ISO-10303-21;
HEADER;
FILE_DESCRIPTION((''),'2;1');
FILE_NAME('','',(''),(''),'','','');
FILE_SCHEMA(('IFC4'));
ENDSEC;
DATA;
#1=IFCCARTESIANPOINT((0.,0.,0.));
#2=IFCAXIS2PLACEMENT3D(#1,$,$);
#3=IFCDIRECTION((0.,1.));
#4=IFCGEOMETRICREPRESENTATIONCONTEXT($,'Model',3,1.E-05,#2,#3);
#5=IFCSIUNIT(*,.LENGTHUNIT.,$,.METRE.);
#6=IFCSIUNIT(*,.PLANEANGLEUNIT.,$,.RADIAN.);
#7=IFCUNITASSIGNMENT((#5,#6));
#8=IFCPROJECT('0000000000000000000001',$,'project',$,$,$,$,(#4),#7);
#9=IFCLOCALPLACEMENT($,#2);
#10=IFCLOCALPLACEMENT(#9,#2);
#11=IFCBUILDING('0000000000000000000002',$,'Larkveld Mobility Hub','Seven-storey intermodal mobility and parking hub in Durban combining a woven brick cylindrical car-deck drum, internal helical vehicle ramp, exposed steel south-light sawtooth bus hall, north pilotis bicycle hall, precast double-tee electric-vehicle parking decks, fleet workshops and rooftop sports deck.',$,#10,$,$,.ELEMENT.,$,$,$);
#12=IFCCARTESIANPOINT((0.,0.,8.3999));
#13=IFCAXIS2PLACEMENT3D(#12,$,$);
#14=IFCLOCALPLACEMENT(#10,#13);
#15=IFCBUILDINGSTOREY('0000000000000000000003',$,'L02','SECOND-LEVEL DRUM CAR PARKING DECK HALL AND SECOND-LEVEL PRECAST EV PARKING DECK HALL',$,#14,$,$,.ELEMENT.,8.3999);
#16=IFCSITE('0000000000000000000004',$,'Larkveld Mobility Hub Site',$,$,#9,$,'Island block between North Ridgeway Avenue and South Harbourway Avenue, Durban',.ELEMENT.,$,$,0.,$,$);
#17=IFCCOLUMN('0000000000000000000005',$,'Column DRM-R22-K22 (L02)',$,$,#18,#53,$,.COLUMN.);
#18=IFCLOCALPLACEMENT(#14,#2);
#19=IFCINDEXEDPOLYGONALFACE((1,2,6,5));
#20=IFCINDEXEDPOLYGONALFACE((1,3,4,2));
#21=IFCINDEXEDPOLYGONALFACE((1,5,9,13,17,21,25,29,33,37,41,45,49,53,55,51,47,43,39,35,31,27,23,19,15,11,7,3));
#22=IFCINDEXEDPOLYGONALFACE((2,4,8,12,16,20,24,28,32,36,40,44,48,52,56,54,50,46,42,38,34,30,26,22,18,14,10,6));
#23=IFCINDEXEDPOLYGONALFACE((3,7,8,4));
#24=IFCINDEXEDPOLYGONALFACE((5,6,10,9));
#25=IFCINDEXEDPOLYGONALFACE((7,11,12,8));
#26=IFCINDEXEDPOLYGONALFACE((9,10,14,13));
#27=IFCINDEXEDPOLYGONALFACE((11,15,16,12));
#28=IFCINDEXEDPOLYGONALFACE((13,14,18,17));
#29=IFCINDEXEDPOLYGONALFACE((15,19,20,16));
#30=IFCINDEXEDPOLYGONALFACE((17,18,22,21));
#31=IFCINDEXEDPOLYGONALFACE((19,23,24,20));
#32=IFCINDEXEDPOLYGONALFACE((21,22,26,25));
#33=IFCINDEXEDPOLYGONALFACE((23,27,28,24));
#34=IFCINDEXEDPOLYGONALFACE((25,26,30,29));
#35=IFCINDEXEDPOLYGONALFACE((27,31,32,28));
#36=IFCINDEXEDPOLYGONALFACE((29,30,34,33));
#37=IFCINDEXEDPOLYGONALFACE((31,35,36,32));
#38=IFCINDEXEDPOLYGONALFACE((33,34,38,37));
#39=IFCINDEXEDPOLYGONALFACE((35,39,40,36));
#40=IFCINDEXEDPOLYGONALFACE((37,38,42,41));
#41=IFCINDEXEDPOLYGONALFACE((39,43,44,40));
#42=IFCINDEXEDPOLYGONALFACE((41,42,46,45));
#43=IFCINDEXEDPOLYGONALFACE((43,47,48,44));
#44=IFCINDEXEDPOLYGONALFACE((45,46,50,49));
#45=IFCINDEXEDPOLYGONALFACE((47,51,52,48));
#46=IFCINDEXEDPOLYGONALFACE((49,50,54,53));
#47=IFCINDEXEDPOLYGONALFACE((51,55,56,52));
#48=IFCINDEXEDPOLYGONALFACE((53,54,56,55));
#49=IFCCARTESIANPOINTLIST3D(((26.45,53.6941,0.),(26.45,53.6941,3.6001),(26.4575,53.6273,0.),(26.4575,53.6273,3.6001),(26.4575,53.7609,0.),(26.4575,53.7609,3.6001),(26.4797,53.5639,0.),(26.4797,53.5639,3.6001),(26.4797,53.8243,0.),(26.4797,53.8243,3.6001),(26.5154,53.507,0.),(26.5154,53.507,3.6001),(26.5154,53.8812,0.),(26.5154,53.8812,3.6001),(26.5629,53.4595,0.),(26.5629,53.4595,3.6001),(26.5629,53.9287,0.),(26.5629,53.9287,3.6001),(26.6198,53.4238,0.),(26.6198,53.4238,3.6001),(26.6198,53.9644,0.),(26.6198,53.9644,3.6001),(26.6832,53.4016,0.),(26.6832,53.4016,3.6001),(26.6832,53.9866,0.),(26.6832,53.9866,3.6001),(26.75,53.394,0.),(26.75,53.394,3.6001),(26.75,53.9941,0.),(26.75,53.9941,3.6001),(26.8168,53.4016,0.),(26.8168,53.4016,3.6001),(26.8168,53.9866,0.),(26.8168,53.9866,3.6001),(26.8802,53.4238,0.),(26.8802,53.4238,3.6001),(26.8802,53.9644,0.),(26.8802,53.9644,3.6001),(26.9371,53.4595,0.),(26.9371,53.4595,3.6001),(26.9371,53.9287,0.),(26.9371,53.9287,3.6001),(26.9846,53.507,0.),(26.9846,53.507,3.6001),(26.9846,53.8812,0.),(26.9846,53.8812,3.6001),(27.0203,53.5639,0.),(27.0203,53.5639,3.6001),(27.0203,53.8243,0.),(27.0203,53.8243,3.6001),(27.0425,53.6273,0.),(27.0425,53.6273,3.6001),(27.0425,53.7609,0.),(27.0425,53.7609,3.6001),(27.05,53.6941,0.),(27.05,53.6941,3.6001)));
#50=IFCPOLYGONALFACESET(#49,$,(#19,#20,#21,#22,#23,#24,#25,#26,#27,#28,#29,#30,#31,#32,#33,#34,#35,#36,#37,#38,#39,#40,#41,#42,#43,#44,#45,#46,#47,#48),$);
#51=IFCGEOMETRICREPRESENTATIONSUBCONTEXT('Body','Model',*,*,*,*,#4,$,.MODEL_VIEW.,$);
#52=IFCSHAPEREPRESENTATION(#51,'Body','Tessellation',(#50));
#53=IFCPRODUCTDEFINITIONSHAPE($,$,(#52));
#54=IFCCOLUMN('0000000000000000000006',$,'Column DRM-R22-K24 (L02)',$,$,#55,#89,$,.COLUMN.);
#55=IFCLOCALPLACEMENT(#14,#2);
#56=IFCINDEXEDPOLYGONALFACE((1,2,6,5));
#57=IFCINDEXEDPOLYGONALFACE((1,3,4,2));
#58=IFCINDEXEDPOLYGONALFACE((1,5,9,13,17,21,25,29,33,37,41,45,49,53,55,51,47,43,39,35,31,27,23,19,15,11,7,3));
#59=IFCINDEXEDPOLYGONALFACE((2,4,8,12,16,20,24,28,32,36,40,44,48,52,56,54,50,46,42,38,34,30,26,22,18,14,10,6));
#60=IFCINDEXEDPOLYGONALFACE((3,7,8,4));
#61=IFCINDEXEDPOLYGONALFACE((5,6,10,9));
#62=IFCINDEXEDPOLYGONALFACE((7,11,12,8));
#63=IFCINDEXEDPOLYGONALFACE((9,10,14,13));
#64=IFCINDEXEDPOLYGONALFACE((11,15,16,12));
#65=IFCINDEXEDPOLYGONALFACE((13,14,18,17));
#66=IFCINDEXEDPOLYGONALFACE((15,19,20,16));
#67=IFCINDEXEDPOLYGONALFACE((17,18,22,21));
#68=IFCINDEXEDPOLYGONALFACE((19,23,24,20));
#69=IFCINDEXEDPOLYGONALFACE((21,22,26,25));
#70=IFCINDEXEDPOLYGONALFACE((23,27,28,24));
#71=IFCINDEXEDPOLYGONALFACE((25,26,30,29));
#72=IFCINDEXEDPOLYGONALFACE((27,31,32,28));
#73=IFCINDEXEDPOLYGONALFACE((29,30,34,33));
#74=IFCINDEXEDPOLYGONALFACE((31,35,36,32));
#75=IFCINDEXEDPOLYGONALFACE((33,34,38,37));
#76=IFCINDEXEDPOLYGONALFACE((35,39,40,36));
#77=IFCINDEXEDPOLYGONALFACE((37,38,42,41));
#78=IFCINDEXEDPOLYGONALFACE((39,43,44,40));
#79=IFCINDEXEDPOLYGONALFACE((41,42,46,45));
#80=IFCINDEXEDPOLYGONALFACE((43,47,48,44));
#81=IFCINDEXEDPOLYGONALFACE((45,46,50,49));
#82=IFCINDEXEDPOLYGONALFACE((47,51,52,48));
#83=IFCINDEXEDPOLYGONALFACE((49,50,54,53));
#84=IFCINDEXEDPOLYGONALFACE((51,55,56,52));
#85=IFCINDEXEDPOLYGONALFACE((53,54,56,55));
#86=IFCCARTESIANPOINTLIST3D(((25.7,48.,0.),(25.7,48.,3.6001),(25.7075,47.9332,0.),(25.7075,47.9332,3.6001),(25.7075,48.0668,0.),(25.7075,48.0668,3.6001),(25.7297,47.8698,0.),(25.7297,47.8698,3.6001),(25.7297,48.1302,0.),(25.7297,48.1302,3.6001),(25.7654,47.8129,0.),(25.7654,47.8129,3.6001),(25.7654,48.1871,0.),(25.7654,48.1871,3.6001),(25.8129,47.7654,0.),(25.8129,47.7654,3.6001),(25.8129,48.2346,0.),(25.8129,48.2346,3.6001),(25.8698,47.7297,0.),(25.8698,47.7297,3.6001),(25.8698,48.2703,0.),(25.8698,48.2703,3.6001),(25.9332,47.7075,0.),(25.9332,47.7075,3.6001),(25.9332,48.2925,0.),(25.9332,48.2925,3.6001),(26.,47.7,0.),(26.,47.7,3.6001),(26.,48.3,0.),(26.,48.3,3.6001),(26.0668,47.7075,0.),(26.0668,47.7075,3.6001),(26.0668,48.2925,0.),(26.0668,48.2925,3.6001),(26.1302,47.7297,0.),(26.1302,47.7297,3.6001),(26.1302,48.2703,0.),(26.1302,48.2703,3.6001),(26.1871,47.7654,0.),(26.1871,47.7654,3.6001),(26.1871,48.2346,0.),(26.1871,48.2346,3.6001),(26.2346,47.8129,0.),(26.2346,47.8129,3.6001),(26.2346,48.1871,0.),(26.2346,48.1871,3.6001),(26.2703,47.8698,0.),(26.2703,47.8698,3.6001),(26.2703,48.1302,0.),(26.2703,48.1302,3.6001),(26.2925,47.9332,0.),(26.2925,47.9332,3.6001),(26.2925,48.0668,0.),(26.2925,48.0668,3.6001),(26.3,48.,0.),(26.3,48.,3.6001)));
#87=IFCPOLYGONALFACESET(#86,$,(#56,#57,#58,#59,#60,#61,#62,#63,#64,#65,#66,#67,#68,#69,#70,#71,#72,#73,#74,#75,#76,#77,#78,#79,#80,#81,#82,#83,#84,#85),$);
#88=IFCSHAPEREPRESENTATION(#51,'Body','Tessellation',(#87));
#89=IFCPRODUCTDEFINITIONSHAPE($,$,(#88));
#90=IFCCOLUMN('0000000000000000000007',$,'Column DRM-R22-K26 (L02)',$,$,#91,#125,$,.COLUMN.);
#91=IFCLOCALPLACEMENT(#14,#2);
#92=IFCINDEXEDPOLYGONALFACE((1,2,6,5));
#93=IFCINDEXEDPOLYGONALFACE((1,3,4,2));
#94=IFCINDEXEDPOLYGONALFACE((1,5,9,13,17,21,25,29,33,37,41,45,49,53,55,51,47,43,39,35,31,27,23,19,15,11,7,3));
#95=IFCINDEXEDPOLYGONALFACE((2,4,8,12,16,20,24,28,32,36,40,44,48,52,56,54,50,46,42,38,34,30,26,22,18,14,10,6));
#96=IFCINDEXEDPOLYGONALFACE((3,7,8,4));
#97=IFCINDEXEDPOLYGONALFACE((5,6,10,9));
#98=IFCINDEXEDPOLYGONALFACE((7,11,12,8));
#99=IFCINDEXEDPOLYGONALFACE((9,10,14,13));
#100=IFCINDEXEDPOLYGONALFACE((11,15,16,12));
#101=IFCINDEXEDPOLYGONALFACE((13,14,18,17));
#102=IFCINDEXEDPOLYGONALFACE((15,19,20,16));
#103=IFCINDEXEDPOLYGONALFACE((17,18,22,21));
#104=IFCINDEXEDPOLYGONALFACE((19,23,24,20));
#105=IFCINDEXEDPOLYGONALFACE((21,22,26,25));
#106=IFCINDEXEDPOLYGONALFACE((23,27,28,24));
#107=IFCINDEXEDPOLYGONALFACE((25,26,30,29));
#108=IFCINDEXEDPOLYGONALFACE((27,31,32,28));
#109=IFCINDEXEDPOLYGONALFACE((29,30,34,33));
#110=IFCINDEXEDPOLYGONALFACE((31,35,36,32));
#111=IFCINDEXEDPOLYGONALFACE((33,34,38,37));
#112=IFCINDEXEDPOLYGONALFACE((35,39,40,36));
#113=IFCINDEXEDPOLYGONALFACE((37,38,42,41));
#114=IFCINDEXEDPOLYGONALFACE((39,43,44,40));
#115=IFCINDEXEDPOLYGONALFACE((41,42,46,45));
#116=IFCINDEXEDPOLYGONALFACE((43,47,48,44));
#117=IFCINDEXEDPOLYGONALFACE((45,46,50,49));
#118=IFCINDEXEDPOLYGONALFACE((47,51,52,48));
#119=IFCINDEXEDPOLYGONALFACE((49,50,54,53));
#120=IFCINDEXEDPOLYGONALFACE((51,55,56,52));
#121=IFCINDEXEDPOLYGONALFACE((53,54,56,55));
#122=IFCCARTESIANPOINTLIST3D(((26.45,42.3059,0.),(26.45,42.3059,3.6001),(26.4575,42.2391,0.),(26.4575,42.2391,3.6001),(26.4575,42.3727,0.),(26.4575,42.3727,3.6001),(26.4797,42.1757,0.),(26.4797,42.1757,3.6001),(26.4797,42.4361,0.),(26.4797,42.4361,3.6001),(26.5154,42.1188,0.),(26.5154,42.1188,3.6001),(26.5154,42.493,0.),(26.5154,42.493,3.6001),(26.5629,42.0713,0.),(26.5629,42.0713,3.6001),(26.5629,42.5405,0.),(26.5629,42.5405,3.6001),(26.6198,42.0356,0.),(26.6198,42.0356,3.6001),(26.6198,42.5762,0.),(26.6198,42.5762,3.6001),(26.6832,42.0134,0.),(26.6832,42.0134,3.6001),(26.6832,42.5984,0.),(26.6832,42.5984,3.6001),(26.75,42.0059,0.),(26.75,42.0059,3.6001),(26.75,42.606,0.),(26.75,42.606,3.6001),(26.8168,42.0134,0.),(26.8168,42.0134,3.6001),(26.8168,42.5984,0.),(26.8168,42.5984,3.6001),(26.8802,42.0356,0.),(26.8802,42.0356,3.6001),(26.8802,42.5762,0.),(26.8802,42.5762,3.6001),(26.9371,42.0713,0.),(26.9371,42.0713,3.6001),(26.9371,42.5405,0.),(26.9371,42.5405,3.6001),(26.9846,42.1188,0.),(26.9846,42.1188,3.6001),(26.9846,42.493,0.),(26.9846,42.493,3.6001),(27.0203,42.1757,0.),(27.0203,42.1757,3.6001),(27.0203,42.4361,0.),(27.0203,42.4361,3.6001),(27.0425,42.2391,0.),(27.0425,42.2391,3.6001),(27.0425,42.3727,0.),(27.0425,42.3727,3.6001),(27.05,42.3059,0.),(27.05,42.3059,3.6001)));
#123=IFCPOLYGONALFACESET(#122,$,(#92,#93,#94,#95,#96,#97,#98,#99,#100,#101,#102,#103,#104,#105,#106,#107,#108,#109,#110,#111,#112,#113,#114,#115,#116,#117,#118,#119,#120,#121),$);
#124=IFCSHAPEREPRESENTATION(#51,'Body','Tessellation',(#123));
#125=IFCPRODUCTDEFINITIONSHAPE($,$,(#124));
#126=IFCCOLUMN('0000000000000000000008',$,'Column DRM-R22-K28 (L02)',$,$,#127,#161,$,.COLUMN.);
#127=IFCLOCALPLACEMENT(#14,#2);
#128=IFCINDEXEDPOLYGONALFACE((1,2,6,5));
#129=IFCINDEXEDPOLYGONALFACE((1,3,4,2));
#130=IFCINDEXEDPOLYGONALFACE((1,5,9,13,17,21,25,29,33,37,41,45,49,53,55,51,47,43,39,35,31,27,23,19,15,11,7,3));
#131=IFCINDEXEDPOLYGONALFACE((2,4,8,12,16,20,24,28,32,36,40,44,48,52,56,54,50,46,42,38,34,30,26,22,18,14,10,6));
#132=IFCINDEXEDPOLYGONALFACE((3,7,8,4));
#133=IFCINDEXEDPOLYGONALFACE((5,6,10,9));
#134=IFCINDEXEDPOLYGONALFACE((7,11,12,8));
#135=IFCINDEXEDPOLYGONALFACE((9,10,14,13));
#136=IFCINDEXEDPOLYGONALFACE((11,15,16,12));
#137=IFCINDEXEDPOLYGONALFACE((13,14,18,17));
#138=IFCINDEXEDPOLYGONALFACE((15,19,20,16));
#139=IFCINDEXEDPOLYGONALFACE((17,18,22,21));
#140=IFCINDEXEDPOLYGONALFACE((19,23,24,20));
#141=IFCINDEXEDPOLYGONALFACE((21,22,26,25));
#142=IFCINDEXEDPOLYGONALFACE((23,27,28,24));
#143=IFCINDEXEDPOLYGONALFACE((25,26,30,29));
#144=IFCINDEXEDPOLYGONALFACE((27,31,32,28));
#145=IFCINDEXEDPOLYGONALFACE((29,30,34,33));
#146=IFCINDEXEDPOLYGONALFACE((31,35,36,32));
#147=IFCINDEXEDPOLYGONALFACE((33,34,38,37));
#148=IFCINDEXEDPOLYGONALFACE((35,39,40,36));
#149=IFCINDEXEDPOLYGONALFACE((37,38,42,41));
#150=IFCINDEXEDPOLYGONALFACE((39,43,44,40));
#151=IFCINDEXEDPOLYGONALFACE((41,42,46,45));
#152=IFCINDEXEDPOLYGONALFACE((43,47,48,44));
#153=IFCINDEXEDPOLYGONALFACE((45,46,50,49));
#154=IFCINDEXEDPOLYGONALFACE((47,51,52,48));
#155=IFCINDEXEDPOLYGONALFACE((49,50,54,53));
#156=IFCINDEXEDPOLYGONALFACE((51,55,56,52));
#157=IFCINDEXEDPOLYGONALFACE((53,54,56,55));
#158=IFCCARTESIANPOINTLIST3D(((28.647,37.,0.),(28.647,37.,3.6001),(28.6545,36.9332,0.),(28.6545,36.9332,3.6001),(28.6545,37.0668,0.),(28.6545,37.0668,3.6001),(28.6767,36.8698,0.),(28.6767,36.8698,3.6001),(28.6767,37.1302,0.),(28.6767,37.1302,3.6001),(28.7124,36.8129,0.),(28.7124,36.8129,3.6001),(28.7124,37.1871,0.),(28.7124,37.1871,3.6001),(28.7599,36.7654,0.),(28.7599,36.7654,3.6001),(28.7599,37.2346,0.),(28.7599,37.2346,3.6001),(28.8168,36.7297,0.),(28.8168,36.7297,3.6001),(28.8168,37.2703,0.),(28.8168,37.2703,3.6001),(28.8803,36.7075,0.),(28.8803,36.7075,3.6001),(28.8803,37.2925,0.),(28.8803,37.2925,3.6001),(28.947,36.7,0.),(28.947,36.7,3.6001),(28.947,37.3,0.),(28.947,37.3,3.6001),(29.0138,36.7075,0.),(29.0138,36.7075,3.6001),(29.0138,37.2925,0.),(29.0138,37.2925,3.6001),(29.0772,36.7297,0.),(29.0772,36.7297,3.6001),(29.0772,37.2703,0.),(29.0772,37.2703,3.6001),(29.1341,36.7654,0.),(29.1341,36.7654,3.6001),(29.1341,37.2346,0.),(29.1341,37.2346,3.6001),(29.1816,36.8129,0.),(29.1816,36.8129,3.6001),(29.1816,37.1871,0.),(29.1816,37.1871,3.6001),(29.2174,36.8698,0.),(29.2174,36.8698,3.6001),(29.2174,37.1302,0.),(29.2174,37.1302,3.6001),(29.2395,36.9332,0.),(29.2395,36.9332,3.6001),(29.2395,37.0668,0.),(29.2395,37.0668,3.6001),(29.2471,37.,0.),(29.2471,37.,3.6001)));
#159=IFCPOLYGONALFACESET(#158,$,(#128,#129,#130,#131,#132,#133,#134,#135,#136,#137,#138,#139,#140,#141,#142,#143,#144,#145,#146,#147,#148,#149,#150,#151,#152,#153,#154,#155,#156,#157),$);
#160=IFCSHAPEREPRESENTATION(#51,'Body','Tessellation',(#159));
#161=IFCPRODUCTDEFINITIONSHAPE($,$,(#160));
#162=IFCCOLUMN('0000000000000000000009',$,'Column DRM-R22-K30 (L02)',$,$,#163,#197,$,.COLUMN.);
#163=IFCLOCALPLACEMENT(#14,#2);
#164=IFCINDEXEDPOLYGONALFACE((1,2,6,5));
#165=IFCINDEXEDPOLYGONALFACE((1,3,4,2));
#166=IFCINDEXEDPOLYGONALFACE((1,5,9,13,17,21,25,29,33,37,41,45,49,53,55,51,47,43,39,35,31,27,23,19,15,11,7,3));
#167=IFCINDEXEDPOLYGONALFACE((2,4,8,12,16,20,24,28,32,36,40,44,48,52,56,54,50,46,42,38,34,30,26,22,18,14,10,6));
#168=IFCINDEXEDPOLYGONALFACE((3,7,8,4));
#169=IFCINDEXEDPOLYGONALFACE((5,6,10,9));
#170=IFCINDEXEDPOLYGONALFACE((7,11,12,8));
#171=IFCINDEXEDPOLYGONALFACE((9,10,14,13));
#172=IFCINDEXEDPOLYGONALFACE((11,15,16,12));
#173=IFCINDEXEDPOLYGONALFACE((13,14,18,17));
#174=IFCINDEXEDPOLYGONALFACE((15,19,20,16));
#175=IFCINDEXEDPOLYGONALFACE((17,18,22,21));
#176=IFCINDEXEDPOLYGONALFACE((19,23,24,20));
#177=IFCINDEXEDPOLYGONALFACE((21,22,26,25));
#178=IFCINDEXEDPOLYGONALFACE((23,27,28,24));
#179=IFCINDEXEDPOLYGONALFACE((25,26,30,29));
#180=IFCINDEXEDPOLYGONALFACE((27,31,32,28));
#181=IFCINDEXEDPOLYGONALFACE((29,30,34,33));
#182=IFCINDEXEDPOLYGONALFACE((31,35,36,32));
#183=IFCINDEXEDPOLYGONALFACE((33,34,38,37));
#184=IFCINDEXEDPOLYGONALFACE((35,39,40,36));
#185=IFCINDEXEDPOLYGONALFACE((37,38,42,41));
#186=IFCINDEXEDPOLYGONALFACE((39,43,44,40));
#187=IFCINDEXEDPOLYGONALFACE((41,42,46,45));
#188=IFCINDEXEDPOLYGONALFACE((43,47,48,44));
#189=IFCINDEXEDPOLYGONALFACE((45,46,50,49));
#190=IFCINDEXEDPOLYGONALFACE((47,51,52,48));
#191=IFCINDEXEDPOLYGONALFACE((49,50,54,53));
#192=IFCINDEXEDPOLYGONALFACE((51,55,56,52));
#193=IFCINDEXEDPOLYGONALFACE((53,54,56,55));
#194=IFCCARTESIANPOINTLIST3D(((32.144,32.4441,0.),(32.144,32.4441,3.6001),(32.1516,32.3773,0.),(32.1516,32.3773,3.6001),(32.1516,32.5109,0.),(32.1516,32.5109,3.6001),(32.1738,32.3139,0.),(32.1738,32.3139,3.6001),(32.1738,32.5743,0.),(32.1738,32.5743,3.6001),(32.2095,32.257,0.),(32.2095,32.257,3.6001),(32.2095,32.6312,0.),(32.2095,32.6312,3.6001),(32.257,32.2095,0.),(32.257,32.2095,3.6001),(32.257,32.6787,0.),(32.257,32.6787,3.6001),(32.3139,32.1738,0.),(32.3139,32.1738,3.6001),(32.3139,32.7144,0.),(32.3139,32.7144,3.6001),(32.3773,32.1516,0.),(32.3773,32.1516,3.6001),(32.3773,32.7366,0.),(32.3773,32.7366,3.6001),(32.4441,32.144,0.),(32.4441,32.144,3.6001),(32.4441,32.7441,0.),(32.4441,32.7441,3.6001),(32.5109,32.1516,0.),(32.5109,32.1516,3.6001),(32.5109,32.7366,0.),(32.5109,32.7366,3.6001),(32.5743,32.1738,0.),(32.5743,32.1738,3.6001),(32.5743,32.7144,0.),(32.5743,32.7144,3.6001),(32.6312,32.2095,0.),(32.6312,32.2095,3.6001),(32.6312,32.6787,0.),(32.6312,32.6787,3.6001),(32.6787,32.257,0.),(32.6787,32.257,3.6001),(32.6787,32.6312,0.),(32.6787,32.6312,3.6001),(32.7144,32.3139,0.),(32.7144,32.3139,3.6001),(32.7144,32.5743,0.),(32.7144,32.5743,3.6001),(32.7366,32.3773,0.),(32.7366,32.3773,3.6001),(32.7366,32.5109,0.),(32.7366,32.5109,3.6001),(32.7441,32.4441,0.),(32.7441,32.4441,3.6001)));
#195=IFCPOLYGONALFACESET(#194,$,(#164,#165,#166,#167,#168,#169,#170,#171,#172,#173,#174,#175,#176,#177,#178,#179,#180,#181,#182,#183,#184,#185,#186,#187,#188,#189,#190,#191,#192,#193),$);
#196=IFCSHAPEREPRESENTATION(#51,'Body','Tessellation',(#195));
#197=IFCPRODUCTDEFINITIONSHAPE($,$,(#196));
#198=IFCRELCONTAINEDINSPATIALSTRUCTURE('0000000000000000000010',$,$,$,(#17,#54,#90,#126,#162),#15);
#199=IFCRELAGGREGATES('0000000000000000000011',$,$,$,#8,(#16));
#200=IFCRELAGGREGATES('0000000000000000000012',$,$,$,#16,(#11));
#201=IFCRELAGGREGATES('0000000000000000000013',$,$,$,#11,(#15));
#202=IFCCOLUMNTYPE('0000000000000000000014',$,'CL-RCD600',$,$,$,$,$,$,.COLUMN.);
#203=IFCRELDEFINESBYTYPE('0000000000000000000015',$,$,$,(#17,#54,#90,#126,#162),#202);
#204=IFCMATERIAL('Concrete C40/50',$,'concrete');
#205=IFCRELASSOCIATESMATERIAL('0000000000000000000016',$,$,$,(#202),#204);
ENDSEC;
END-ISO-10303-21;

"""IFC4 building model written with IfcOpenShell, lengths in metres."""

from ifc_helpers import new_model, si_unit, direction, frame, origin, origin_2d, place, context, subcontext, project, spatial, circle, extrude, material, material_profile, profile_set, type_object, element, save


model = new_model("IFC4")

# Units and contexts
model_context = context("Model", 3, precision=1e-05, world=origin(), true_north=direction((0.0, 1.0)))
body_context = subcontext(model_context, "Body", "Model", "MODEL_VIEW")
ifc_project = project(units=[si_unit("LENGTHUNIT", "METRE"), si_unit("PLANEANGLEUNIT", "RADIAN")], contexts=[model_context])

# Site, building, storey
site_placement = place(None, origin())
site = spatial("IfcSite", under=ifc_project, at=site_placement, Name="Larkveld Mobility Hub Site", LongName="Island block between North Ridgeway Avenue and South Harbourway Avenue, Durban", CompositionType="ELEMENT", RefElevation=0.0)
building_placement = place(site_placement, origin())
building = spatial("IfcBuilding", under=site, at=building_placement, Name="Larkveld Mobility Hub", Description="Seven-storey intermodal mobility and parking hub in Durban combining a woven brick cylindrical car-deck drum, internal helical vehicle ramp, exposed steel south-light sawtooth bus hall, north pilotis bicycle hall, precast double-tee electric-vehicle parking decks, fleet workshops and rooftop sports deck.", CompositionType="ELEMENT")
storey_placement = place(building_placement, frame((0.0, 0.0, 8.3999)))
storey = spatial("IfcBuildingStorey", under=building, at=storey_placement, Name="L02", Description="SECOND-LEVEL DRUM CAR PARKING DECK HALL AND SECOND-LEVEL PRECAST EV PARKING DECK HALL", CompositionType="ELEMENT", Elevation=8.3999)

# Columns
ifc_material_1 = material(Name="Concrete C40/50", Category="concrete")
ifc_material_profile_1 = material_profile(ifc_material_1, circle(Radius=0.3, at=origin_2d()), Name="RC COL D600")
ifc_profile_set_1 = profile_set([ifc_material_profile_1], Name="Concrete C40/50")
column_type_1 = type_object("IfcColumnType", Name="CL-RCD600", PredefinedType="COLUMN", material=ifc_profile_set_1)
for number, where, z_axis, x_axis, name in (
    (1, (26.75, 53.6941, 0.0), (0.0, 0.0, 1.0), (1.0, 0.0, 0.0), "Column DRM-R22-K22 (L02)"),
    (2, (26.0, 48.0, 0.0), (0.0, 0.0, 1.0), (1.0, 0.0, 0.0), "Column DRM-R22-K24 (L02)"),
    (3, (26.75, 42.3059, 0.0), (0.0, 0.0, 1.0), (1.0, 0.0, 0.0), "Column DRM-R22-K26 (L02)"),
    (4, (28.947, 37.0, 0.0), (0.0, 0.0, 1.0), (1.0, 0.0, 0.0), "Column DRM-R22-K28 (L02)"),
    (5, (32.4441, 32.4441, 0.0), (0.0, 0.0, 1.0), (1.0, 0.0, 0.0), "Column DRM-R22-K30 (L02)"),
):
    element("IfcColumn", number, at=place(storey_placement, frame(where, z_axis=z_axis, x_axis=x_axis)), inside=storey, type_object=column_type_1, Name=name, PredefinedType="COLUMN", context=body_context, shape_type="SweptSolid", body=[
        extrude(circle(Radius=0.3, at=origin_2d()), origin(), (0.0, 0.0, 1.0), 3.6001),
    ])

save(model, "model.ifc")
